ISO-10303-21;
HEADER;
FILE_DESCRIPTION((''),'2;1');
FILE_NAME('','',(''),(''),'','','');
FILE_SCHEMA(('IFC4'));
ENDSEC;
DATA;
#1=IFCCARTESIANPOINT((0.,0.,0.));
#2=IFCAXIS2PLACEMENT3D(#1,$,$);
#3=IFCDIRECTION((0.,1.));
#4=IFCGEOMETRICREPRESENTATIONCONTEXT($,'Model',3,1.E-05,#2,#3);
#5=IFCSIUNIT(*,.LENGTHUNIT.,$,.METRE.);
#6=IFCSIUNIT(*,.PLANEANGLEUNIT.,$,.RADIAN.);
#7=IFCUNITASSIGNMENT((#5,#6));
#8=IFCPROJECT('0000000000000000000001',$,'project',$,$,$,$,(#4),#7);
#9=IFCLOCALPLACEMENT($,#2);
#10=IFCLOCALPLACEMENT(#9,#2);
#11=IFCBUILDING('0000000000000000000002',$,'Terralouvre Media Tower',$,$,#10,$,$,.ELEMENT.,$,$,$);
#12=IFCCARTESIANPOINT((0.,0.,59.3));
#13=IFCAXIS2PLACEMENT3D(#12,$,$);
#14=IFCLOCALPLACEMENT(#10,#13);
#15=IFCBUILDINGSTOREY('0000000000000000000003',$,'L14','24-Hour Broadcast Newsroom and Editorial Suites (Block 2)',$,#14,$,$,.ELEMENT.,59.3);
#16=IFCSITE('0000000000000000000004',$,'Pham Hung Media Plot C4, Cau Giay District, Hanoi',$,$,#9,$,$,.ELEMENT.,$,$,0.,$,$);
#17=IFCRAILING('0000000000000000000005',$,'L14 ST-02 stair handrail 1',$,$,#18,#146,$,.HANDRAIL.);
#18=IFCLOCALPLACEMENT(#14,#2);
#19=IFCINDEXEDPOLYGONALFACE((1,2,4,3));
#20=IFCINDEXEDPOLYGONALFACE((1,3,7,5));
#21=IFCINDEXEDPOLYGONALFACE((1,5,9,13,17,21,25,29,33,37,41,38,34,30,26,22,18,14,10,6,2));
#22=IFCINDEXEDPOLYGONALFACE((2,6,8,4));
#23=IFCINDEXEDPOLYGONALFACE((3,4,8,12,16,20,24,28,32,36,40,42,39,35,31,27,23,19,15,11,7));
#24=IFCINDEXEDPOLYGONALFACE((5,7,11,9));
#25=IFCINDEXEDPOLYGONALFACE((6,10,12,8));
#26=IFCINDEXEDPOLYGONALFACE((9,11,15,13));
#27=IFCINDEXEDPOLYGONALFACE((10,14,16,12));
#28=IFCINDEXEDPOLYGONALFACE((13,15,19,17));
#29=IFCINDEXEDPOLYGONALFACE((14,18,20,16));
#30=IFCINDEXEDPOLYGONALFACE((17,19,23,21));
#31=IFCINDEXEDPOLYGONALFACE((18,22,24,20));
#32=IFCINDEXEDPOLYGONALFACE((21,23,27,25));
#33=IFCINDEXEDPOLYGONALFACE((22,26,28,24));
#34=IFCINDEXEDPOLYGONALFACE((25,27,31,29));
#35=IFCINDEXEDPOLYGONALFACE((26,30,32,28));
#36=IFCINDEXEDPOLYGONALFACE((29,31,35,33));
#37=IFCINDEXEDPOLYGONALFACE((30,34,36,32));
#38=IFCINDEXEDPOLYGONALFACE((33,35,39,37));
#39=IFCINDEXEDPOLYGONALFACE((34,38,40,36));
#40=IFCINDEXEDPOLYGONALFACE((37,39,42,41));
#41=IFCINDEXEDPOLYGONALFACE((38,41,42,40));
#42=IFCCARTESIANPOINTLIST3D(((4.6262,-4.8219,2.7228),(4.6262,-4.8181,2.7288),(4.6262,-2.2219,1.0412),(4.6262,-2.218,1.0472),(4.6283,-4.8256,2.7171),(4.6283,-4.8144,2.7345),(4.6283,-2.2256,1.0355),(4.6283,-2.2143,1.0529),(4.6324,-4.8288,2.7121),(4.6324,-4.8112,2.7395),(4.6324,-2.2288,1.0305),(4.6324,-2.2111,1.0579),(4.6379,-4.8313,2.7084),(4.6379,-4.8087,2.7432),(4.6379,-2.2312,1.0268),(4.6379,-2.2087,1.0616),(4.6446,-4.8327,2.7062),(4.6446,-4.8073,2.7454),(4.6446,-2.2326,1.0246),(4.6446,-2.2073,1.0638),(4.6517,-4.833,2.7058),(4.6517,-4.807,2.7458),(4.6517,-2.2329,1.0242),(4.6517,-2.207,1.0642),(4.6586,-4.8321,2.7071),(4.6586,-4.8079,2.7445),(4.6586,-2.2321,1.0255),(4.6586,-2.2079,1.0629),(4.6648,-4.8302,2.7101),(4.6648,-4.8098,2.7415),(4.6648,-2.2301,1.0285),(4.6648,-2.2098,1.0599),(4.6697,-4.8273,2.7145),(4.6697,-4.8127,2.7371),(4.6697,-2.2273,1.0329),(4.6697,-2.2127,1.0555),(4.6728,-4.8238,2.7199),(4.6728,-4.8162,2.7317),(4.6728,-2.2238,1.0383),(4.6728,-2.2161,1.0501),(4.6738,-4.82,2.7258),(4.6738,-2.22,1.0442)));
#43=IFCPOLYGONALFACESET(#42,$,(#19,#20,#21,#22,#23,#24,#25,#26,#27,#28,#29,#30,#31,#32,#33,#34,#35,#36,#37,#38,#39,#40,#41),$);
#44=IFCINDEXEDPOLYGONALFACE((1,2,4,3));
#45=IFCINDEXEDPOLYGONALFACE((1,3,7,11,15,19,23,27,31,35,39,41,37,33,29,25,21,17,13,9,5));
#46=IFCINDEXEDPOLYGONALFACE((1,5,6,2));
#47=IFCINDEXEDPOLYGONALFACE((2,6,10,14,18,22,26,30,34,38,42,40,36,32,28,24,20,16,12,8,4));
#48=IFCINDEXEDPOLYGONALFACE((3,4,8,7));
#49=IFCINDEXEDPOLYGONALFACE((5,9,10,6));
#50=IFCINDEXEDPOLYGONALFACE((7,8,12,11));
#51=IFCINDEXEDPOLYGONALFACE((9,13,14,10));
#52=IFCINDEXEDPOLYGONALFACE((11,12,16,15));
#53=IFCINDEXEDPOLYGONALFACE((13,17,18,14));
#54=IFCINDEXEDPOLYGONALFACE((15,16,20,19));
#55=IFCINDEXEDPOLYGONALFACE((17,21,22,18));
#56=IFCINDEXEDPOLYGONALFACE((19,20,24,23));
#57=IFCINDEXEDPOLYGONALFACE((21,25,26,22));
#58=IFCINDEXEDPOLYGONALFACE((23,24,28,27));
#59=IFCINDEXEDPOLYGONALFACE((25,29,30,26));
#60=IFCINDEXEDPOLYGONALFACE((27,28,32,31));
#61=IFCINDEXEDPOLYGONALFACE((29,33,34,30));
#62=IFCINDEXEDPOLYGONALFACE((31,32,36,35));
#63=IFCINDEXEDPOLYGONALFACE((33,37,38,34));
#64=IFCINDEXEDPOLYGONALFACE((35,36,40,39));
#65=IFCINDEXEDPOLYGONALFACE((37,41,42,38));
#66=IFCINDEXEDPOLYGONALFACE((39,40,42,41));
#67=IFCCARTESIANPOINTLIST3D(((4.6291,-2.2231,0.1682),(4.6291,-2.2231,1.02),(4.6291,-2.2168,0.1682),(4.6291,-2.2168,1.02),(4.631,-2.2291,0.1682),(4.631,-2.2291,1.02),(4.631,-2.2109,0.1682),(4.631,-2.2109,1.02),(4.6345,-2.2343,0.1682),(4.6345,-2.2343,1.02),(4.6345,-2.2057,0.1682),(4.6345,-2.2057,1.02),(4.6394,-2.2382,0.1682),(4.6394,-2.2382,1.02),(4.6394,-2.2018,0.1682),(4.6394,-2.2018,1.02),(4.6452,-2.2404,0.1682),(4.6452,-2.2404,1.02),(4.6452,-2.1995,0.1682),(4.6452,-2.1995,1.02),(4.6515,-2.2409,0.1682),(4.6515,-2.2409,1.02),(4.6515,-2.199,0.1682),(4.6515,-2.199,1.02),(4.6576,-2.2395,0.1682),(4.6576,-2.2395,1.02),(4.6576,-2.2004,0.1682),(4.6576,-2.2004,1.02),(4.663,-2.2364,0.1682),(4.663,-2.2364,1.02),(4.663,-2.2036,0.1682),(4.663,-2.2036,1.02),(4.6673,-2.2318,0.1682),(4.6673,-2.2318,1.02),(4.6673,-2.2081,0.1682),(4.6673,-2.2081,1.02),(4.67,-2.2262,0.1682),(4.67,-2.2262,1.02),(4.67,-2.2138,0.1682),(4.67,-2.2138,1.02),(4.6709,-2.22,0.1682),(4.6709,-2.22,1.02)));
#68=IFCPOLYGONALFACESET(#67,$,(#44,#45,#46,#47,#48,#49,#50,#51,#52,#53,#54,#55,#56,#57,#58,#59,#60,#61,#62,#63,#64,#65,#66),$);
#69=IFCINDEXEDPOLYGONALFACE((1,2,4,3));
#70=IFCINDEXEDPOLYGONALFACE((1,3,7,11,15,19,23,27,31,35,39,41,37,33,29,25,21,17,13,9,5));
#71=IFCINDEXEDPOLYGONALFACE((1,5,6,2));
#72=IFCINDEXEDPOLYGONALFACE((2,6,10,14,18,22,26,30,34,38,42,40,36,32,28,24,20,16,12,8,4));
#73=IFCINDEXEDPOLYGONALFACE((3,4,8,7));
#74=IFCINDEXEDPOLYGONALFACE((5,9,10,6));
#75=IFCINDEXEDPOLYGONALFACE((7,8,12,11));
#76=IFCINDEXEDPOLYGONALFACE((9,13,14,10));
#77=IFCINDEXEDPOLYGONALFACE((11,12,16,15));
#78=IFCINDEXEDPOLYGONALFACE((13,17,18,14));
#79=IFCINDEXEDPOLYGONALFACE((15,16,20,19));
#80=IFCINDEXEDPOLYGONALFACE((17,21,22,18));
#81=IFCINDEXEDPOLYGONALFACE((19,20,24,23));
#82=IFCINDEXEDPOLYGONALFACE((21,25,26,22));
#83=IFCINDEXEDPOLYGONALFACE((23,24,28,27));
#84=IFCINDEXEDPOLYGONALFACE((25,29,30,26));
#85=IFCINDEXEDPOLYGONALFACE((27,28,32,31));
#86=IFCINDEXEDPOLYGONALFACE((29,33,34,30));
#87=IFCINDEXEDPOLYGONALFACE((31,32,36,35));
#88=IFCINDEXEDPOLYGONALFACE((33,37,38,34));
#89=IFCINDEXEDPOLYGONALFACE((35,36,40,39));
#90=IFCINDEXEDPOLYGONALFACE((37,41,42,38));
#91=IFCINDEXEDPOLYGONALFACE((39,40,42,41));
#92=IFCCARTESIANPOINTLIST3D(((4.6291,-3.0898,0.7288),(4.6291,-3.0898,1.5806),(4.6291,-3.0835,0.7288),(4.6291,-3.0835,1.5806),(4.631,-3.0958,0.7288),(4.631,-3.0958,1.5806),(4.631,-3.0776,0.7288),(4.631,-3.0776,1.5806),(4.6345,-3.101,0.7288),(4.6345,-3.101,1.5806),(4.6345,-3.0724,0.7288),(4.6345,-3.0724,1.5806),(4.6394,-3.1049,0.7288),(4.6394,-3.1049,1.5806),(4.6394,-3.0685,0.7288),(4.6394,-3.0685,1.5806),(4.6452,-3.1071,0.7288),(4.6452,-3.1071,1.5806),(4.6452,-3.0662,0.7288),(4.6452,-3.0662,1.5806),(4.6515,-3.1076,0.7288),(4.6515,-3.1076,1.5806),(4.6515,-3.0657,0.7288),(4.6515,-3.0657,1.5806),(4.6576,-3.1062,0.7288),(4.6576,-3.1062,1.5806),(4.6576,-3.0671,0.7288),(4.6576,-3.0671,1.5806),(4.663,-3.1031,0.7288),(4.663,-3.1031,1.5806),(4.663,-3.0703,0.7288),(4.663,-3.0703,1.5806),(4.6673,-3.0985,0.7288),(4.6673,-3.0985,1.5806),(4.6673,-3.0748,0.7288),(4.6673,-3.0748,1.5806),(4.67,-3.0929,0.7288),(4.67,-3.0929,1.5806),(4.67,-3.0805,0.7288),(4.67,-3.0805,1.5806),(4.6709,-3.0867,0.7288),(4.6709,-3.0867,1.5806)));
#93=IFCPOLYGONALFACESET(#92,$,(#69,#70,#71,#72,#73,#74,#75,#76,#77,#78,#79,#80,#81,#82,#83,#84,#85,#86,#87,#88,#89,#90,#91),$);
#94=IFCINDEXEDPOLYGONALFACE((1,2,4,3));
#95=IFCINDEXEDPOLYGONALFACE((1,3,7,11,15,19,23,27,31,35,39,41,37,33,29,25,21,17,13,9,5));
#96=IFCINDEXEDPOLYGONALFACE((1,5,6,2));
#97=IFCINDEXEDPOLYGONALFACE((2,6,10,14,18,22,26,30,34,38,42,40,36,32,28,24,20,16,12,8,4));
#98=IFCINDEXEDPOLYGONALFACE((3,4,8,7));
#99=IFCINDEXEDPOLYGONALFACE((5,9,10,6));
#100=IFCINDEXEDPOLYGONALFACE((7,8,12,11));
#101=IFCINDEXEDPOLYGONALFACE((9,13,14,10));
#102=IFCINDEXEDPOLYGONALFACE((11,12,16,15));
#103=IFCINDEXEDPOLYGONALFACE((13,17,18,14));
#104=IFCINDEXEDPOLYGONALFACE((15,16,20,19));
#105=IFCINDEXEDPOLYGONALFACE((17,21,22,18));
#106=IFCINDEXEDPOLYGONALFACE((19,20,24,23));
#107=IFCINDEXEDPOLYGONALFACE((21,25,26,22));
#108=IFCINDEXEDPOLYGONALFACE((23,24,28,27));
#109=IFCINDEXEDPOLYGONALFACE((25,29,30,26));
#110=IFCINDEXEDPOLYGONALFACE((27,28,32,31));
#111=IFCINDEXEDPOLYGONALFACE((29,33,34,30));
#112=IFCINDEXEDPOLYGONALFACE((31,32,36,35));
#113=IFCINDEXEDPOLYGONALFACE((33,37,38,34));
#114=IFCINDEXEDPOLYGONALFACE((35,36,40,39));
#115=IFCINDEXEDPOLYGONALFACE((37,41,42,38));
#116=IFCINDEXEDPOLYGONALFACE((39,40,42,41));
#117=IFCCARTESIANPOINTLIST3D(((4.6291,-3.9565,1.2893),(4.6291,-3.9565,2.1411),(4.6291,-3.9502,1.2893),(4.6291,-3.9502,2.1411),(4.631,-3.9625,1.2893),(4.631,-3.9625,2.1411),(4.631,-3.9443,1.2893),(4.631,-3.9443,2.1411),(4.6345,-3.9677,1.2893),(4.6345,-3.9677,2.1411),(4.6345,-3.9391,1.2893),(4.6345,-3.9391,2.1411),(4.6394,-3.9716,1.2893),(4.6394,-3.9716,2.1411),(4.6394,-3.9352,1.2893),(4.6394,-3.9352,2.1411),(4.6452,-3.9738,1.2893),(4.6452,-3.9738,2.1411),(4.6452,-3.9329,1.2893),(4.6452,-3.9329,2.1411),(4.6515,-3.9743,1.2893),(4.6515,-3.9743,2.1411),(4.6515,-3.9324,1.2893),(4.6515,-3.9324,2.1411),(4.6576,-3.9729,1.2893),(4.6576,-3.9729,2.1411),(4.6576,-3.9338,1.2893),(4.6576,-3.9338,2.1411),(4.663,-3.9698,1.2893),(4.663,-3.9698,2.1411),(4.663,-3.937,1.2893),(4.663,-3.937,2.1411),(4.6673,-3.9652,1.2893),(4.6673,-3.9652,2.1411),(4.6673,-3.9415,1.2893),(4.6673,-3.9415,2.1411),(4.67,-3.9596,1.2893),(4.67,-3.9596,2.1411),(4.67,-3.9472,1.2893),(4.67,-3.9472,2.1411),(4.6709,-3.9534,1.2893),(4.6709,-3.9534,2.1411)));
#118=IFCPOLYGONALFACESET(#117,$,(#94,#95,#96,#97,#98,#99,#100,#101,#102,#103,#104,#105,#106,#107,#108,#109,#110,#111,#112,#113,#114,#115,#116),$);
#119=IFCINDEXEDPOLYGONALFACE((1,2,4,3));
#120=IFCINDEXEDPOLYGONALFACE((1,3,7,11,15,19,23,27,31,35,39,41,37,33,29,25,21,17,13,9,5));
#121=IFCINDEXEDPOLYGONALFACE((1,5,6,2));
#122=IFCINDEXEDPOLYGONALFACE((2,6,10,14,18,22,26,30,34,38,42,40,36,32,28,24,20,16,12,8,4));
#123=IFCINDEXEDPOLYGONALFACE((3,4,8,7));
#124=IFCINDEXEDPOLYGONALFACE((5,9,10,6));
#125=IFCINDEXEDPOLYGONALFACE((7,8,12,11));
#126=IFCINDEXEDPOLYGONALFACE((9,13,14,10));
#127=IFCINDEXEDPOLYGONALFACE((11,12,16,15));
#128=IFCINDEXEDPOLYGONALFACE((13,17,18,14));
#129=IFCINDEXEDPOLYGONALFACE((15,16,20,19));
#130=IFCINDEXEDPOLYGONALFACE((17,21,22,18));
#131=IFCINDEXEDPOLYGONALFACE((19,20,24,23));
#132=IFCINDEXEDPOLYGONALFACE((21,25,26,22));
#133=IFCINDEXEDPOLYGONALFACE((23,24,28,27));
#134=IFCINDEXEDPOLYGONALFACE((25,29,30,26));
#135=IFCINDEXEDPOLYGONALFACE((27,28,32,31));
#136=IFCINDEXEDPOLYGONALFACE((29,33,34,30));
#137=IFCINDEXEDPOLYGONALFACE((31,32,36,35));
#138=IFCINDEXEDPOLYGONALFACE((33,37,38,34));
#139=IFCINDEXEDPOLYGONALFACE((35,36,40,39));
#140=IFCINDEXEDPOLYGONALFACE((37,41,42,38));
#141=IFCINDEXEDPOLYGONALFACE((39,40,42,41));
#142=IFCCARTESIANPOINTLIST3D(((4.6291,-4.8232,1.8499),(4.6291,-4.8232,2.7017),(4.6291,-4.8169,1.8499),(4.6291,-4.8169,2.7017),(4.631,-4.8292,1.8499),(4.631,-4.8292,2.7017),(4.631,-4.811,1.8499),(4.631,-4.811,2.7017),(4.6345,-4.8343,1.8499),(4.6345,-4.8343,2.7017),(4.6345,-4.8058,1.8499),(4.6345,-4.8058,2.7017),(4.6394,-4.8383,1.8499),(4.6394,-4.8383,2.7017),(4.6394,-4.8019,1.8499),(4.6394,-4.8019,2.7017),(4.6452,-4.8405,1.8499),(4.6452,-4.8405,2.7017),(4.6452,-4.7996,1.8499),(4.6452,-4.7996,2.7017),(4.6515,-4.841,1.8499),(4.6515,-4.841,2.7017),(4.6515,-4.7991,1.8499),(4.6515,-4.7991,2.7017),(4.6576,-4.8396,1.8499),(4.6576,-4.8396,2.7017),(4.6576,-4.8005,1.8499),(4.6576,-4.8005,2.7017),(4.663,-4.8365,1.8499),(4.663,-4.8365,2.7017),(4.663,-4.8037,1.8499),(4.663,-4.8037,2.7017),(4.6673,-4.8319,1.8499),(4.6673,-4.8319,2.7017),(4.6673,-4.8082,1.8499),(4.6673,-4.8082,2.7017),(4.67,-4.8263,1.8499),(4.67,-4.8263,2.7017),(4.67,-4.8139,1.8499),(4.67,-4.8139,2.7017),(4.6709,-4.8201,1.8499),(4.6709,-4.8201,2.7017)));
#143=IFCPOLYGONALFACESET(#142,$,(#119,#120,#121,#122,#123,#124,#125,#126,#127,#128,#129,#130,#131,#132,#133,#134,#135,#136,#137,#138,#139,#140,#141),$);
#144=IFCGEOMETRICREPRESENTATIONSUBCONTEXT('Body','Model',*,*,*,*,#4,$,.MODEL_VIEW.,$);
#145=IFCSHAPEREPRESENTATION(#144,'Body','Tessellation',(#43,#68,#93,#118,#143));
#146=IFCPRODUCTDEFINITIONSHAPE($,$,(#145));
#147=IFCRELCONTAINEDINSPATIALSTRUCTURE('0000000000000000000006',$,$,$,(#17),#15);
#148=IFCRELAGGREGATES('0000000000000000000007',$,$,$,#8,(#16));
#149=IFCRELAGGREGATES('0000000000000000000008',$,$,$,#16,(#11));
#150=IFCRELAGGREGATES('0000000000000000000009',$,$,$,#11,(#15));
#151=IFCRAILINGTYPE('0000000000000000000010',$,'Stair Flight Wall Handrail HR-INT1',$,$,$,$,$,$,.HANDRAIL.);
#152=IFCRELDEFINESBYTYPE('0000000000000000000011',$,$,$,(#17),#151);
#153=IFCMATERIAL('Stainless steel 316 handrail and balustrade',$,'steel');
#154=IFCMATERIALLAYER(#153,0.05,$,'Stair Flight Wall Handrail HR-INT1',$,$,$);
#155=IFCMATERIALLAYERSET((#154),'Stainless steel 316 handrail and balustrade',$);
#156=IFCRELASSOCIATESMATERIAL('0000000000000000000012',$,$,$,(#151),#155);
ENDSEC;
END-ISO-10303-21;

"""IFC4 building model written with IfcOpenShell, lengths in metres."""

from ifc_helpers import new_model, si_unit, direction, frame, origin, origin_2d, place, context, subcontext, project, spatial, circle, extrude, material, layer, layer_set, type_object, element, save


model = new_model("IFC4")

# Units and contexts
model_context = context("Model", 3, precision=1e-05, world=origin(), true_north=direction((0.0, 1.0)))
body_context = subcontext(model_context, "Body", "Model", "MODEL_VIEW")
ifc_project = project(units=[si_unit("LENGTHUNIT", "METRE"), si_unit("PLANEANGLEUNIT", "RADIAN")], contexts=[model_context])

# Site, building, storey
site_placement = place(None, origin())
site = spatial("IfcSite", under=ifc_project, at=site_placement, Name="Pham Hung Media Plot C4, Cau Giay District, Hanoi", CompositionType="ELEMENT", RefElevation=0.0)
building_placement = place(site_placement, origin())
building = spatial("IfcBuilding", under=site, at=building_placement, Name="Terralouvre Media Tower", CompositionType="ELEMENT")
storey_placement = place(building_placement, frame((0.0, 0.0, 59.3)))
storey = spatial("IfcBuildingStorey", under=building, at=storey_placement, Name="L14", Description="24-Hour Broadcast Newsroom and Editorial Suites (Block 2)", CompositionType="ELEMENT", Elevation=59.3)

# Railing
ifc_material_1 = material(Name="Stainless steel 316 handrail and balustrade", Category="steel")
ifc_layer_1 = layer(ifc_material_1, 0.05, Name="Stair Flight Wall Handrail HR-INT1")
ifc_layer_set_1 = layer_set([ifc_layer_1], Name="Stainless steel 316 handrail and balustrade")
railing_type_1 = type_object("IfcRailingType", Name="Stair Flight Wall Handrail HR-INT1", PredefinedType="HANDRAIL", material=ifc_layer_set_1)
railing_1_placement = place(storey_placement, frame((4.6499, -2.22, 0.1682)))
element("IfcRailing", 1, at=railing_1_placement, inside=storey, type_object=railing_type_1, Name="L14 ST-02 stair handrail 1", PredefinedType="HANDRAIL", context=body_context, shape_type="SweptSolid", body=[
    extrude(circle(Radius=0.0239, at=origin_2d()), frame((0.0, 0.0, 0.876), z_axis=(0.0, -0.839684, 0.543075), x_axis=(1.0, 0.0, 0.0)), (0.0, 0.0, 1.0), 3.0964),
    extrude(circle(Radius=0.021, at=origin_2d()), origin(), (0.0, 0.0, 1.0), 0.8518),
    extrude(circle(Radius=0.021, at=origin_2d()), frame((0.0, -0.8667, 0.5605)), (0.0, 0.0, 1.0), 0.8518),
    extrude(circle(Radius=0.021, at=origin_2d()), frame((0.0, -1.7334, 1.1211)), (0.0, 0.0, 1.0), 0.8518),
    extrude(circle(Radius=0.021, at=origin_2d()), frame((0.0, -2.6001, 1.6816)), (0.0, 0.0, 1.0), 0.8518),
])

save(model, "model.ifc")
